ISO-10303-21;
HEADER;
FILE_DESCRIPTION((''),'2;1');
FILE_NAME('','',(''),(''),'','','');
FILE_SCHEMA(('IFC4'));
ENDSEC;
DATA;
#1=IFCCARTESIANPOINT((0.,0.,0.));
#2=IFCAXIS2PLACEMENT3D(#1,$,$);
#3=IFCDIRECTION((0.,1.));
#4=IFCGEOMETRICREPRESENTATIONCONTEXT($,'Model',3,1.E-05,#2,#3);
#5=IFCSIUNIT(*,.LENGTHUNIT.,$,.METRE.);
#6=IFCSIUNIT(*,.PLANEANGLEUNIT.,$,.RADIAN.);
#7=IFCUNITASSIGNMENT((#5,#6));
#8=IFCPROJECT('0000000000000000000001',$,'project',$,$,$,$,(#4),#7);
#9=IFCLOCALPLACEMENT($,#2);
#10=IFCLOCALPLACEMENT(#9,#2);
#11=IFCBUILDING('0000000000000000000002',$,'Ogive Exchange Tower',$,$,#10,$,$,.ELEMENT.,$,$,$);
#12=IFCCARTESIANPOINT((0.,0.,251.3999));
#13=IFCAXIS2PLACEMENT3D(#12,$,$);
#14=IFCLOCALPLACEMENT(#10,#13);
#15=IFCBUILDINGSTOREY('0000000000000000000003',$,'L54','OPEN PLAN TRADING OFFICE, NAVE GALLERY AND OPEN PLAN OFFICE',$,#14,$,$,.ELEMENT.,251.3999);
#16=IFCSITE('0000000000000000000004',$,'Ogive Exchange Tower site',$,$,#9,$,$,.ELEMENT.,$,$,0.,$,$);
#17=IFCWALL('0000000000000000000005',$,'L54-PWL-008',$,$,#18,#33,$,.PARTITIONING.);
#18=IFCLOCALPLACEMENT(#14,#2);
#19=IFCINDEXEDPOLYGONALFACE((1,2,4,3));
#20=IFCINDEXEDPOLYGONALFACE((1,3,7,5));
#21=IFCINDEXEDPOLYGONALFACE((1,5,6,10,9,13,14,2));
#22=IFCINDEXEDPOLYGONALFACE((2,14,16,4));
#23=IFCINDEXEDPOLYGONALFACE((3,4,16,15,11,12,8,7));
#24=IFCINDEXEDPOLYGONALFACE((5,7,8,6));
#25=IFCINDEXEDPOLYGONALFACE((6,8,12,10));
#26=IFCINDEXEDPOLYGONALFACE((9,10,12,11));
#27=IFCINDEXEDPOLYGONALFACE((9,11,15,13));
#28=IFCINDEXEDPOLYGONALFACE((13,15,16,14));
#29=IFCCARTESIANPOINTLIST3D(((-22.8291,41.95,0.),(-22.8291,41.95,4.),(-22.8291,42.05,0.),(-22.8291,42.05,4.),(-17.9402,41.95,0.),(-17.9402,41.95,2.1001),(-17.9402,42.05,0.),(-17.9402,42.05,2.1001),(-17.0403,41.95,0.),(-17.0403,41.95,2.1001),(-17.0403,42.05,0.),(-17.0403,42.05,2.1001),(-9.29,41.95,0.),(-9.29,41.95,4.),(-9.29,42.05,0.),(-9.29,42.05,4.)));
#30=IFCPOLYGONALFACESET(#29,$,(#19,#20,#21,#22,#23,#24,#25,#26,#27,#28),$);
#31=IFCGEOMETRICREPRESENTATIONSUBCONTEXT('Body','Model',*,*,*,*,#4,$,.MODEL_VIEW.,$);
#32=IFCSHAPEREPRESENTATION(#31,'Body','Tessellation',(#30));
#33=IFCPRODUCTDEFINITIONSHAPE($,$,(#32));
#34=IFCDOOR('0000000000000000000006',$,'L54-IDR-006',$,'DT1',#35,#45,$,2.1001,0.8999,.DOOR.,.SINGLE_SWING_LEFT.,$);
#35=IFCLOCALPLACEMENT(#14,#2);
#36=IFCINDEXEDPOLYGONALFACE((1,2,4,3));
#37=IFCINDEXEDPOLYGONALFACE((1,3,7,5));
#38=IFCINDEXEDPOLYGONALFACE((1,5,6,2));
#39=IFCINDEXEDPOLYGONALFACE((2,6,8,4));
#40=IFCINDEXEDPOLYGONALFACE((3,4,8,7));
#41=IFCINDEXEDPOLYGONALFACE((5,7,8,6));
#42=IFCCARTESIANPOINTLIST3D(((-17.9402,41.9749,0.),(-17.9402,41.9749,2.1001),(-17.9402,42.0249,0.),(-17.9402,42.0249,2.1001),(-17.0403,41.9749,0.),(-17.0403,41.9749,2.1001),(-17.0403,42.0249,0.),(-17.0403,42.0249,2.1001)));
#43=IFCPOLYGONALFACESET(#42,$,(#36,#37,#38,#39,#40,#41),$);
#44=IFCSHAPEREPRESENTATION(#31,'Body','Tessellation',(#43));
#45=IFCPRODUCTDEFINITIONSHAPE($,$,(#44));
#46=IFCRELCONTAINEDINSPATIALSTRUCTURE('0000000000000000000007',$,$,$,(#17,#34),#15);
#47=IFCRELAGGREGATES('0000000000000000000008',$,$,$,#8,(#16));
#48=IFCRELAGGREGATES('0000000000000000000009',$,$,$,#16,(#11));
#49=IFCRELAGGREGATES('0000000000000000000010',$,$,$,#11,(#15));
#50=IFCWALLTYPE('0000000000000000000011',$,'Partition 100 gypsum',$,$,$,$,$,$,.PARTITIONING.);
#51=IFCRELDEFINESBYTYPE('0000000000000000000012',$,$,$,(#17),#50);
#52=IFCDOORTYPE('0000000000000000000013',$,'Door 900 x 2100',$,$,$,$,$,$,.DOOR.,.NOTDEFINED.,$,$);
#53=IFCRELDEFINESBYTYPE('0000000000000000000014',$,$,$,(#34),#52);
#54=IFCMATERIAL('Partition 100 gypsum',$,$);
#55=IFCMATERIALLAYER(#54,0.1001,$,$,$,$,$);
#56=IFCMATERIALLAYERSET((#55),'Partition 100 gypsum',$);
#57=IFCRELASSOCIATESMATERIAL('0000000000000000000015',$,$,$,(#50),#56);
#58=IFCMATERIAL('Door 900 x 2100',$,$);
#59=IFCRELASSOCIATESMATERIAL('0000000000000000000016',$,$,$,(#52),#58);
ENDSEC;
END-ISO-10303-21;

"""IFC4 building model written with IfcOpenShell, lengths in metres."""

from ifc_helpers import new_model, si_unit, direction, frame, frame_2d, origin, place, context, subcontext, project, spatial, rectangle, extrude, material, layer, layer_set, type_object, element, fill, save


model = new_model("IFC4")

# Units and contexts
model_context = context("Model", 3, precision=1e-05, world=origin(), true_north=direction((0.0, 1.0)))
body_context = subcontext(model_context, "Body", "Model", "MODEL_VIEW")
ifc_project = project(units=[si_unit("LENGTHUNIT", "METRE"), si_unit("PLANEANGLEUNIT", "RADIAN")], contexts=[model_context])

# Site, building, storey
site_placement = place(None, origin())
site = spatial("IfcSite", under=ifc_project, at=site_placement, Name="Ogive Exchange Tower site", CompositionType="ELEMENT", RefElevation=0.0)
building_placement = place(site_placement, origin())
building = spatial("IfcBuilding", under=site, at=building_placement, Name="Ogive Exchange Tower", CompositionType="ELEMENT")
storey_placement = place(building_placement, frame((0.0, 0.0, 251.3999)))
storey = spatial("IfcBuildingStorey", under=building, at=storey_placement, Name="L54", Description="OPEN PLAN TRADING OFFICE, NAVE GALLERY AND OPEN PLAN OFFICE", CompositionType="ELEMENT", Elevation=251.3999)

# Wall, opening, door
ifc_material_1 = material(Name="Partition 100 gypsum")
ifc_layer_1 = layer(ifc_material_1, 0.1001)
ifc_layer_set_1 = layer_set([ifc_layer_1], Name="Partition 100 gypsum")
wall_type_1 = type_object("IfcWallType", Name="Partition 100 gypsum", PredefinedType="PARTITIONING", material=ifc_layer_set_1)
wall_1_placement = place(storey_placement, frame((-22.8291, 42.0, 0.0), z_axis=(0.0, 0.0, 1.0), x_axis=(1.0, 0.0, 0.0)))
wall_1 = element("IfcWall", 1, at=wall_1_placement, inside=storey, type_object=wall_type_1, Name="L54-PWL-008", PredefinedType="PARTITIONING", context=body_context, shape_type="SweptSolid", body=[
    extrude(rectangle(XDim=13.5391, YDim=0.1001, at=frame_2d((6.7695, 0.0))), origin(), (0.0, 0.0, 1.0), 4.0),
])
opening_1_placement = place(wall_1_placement, frame((4.8889, 0.0, 0.0)))
opening_1 = element("IfcOpeningElement", 2, at=opening_1_placement, cuts=wall_1, PredefinedType="OPENING", context=body_context, shape_type="SweptSolid", body=[
    extrude(rectangle(XDim=0.8999, YDim=2.1001, at=frame_2d((0.45, 1.05))), frame((0.0, 0.0601, 0.0), z_axis=(0.0, -1.0, 0.0), x_axis=(1.0, 0.0, 0.0)), (0.0, 0.0, 1.0), 0.1201),
])
ifc_material_2 = material(Name="Door 900 x 2100")
door_type_1 = type_object("IfcDoorType", Name="Door 900 x 2100", OperationType="NOTDEFINED", PredefinedType="DOOR", material=ifc_material_2)
door_1_placement = place(opening_1_placement, origin())
door_1 = element("IfcDoor", 3, at=door_1_placement, inside=storey, type_object=door_type_1, Name="L54-IDR-006", ObjectType="DT1", OperationType="SINGLE_SWING_LEFT", OverallHeight=2.1001, OverallWidth=0.8999, PredefinedType="DOOR", context=body_context, shape_type="SweptSolid", body=[
    extrude(rectangle(XDim=0.8999, YDim=2.1001, at=frame_2d((0.45, 1.05))), frame((0.0, 0.0249, 0.0), z_axis=(0.0, -1.0, 0.0), x_axis=(1.0, 0.0, 0.0)), (0.0, 0.0, 1.0), 0.05),
])
fill(opening_1, door_1)

save(model, "model.ifc")
